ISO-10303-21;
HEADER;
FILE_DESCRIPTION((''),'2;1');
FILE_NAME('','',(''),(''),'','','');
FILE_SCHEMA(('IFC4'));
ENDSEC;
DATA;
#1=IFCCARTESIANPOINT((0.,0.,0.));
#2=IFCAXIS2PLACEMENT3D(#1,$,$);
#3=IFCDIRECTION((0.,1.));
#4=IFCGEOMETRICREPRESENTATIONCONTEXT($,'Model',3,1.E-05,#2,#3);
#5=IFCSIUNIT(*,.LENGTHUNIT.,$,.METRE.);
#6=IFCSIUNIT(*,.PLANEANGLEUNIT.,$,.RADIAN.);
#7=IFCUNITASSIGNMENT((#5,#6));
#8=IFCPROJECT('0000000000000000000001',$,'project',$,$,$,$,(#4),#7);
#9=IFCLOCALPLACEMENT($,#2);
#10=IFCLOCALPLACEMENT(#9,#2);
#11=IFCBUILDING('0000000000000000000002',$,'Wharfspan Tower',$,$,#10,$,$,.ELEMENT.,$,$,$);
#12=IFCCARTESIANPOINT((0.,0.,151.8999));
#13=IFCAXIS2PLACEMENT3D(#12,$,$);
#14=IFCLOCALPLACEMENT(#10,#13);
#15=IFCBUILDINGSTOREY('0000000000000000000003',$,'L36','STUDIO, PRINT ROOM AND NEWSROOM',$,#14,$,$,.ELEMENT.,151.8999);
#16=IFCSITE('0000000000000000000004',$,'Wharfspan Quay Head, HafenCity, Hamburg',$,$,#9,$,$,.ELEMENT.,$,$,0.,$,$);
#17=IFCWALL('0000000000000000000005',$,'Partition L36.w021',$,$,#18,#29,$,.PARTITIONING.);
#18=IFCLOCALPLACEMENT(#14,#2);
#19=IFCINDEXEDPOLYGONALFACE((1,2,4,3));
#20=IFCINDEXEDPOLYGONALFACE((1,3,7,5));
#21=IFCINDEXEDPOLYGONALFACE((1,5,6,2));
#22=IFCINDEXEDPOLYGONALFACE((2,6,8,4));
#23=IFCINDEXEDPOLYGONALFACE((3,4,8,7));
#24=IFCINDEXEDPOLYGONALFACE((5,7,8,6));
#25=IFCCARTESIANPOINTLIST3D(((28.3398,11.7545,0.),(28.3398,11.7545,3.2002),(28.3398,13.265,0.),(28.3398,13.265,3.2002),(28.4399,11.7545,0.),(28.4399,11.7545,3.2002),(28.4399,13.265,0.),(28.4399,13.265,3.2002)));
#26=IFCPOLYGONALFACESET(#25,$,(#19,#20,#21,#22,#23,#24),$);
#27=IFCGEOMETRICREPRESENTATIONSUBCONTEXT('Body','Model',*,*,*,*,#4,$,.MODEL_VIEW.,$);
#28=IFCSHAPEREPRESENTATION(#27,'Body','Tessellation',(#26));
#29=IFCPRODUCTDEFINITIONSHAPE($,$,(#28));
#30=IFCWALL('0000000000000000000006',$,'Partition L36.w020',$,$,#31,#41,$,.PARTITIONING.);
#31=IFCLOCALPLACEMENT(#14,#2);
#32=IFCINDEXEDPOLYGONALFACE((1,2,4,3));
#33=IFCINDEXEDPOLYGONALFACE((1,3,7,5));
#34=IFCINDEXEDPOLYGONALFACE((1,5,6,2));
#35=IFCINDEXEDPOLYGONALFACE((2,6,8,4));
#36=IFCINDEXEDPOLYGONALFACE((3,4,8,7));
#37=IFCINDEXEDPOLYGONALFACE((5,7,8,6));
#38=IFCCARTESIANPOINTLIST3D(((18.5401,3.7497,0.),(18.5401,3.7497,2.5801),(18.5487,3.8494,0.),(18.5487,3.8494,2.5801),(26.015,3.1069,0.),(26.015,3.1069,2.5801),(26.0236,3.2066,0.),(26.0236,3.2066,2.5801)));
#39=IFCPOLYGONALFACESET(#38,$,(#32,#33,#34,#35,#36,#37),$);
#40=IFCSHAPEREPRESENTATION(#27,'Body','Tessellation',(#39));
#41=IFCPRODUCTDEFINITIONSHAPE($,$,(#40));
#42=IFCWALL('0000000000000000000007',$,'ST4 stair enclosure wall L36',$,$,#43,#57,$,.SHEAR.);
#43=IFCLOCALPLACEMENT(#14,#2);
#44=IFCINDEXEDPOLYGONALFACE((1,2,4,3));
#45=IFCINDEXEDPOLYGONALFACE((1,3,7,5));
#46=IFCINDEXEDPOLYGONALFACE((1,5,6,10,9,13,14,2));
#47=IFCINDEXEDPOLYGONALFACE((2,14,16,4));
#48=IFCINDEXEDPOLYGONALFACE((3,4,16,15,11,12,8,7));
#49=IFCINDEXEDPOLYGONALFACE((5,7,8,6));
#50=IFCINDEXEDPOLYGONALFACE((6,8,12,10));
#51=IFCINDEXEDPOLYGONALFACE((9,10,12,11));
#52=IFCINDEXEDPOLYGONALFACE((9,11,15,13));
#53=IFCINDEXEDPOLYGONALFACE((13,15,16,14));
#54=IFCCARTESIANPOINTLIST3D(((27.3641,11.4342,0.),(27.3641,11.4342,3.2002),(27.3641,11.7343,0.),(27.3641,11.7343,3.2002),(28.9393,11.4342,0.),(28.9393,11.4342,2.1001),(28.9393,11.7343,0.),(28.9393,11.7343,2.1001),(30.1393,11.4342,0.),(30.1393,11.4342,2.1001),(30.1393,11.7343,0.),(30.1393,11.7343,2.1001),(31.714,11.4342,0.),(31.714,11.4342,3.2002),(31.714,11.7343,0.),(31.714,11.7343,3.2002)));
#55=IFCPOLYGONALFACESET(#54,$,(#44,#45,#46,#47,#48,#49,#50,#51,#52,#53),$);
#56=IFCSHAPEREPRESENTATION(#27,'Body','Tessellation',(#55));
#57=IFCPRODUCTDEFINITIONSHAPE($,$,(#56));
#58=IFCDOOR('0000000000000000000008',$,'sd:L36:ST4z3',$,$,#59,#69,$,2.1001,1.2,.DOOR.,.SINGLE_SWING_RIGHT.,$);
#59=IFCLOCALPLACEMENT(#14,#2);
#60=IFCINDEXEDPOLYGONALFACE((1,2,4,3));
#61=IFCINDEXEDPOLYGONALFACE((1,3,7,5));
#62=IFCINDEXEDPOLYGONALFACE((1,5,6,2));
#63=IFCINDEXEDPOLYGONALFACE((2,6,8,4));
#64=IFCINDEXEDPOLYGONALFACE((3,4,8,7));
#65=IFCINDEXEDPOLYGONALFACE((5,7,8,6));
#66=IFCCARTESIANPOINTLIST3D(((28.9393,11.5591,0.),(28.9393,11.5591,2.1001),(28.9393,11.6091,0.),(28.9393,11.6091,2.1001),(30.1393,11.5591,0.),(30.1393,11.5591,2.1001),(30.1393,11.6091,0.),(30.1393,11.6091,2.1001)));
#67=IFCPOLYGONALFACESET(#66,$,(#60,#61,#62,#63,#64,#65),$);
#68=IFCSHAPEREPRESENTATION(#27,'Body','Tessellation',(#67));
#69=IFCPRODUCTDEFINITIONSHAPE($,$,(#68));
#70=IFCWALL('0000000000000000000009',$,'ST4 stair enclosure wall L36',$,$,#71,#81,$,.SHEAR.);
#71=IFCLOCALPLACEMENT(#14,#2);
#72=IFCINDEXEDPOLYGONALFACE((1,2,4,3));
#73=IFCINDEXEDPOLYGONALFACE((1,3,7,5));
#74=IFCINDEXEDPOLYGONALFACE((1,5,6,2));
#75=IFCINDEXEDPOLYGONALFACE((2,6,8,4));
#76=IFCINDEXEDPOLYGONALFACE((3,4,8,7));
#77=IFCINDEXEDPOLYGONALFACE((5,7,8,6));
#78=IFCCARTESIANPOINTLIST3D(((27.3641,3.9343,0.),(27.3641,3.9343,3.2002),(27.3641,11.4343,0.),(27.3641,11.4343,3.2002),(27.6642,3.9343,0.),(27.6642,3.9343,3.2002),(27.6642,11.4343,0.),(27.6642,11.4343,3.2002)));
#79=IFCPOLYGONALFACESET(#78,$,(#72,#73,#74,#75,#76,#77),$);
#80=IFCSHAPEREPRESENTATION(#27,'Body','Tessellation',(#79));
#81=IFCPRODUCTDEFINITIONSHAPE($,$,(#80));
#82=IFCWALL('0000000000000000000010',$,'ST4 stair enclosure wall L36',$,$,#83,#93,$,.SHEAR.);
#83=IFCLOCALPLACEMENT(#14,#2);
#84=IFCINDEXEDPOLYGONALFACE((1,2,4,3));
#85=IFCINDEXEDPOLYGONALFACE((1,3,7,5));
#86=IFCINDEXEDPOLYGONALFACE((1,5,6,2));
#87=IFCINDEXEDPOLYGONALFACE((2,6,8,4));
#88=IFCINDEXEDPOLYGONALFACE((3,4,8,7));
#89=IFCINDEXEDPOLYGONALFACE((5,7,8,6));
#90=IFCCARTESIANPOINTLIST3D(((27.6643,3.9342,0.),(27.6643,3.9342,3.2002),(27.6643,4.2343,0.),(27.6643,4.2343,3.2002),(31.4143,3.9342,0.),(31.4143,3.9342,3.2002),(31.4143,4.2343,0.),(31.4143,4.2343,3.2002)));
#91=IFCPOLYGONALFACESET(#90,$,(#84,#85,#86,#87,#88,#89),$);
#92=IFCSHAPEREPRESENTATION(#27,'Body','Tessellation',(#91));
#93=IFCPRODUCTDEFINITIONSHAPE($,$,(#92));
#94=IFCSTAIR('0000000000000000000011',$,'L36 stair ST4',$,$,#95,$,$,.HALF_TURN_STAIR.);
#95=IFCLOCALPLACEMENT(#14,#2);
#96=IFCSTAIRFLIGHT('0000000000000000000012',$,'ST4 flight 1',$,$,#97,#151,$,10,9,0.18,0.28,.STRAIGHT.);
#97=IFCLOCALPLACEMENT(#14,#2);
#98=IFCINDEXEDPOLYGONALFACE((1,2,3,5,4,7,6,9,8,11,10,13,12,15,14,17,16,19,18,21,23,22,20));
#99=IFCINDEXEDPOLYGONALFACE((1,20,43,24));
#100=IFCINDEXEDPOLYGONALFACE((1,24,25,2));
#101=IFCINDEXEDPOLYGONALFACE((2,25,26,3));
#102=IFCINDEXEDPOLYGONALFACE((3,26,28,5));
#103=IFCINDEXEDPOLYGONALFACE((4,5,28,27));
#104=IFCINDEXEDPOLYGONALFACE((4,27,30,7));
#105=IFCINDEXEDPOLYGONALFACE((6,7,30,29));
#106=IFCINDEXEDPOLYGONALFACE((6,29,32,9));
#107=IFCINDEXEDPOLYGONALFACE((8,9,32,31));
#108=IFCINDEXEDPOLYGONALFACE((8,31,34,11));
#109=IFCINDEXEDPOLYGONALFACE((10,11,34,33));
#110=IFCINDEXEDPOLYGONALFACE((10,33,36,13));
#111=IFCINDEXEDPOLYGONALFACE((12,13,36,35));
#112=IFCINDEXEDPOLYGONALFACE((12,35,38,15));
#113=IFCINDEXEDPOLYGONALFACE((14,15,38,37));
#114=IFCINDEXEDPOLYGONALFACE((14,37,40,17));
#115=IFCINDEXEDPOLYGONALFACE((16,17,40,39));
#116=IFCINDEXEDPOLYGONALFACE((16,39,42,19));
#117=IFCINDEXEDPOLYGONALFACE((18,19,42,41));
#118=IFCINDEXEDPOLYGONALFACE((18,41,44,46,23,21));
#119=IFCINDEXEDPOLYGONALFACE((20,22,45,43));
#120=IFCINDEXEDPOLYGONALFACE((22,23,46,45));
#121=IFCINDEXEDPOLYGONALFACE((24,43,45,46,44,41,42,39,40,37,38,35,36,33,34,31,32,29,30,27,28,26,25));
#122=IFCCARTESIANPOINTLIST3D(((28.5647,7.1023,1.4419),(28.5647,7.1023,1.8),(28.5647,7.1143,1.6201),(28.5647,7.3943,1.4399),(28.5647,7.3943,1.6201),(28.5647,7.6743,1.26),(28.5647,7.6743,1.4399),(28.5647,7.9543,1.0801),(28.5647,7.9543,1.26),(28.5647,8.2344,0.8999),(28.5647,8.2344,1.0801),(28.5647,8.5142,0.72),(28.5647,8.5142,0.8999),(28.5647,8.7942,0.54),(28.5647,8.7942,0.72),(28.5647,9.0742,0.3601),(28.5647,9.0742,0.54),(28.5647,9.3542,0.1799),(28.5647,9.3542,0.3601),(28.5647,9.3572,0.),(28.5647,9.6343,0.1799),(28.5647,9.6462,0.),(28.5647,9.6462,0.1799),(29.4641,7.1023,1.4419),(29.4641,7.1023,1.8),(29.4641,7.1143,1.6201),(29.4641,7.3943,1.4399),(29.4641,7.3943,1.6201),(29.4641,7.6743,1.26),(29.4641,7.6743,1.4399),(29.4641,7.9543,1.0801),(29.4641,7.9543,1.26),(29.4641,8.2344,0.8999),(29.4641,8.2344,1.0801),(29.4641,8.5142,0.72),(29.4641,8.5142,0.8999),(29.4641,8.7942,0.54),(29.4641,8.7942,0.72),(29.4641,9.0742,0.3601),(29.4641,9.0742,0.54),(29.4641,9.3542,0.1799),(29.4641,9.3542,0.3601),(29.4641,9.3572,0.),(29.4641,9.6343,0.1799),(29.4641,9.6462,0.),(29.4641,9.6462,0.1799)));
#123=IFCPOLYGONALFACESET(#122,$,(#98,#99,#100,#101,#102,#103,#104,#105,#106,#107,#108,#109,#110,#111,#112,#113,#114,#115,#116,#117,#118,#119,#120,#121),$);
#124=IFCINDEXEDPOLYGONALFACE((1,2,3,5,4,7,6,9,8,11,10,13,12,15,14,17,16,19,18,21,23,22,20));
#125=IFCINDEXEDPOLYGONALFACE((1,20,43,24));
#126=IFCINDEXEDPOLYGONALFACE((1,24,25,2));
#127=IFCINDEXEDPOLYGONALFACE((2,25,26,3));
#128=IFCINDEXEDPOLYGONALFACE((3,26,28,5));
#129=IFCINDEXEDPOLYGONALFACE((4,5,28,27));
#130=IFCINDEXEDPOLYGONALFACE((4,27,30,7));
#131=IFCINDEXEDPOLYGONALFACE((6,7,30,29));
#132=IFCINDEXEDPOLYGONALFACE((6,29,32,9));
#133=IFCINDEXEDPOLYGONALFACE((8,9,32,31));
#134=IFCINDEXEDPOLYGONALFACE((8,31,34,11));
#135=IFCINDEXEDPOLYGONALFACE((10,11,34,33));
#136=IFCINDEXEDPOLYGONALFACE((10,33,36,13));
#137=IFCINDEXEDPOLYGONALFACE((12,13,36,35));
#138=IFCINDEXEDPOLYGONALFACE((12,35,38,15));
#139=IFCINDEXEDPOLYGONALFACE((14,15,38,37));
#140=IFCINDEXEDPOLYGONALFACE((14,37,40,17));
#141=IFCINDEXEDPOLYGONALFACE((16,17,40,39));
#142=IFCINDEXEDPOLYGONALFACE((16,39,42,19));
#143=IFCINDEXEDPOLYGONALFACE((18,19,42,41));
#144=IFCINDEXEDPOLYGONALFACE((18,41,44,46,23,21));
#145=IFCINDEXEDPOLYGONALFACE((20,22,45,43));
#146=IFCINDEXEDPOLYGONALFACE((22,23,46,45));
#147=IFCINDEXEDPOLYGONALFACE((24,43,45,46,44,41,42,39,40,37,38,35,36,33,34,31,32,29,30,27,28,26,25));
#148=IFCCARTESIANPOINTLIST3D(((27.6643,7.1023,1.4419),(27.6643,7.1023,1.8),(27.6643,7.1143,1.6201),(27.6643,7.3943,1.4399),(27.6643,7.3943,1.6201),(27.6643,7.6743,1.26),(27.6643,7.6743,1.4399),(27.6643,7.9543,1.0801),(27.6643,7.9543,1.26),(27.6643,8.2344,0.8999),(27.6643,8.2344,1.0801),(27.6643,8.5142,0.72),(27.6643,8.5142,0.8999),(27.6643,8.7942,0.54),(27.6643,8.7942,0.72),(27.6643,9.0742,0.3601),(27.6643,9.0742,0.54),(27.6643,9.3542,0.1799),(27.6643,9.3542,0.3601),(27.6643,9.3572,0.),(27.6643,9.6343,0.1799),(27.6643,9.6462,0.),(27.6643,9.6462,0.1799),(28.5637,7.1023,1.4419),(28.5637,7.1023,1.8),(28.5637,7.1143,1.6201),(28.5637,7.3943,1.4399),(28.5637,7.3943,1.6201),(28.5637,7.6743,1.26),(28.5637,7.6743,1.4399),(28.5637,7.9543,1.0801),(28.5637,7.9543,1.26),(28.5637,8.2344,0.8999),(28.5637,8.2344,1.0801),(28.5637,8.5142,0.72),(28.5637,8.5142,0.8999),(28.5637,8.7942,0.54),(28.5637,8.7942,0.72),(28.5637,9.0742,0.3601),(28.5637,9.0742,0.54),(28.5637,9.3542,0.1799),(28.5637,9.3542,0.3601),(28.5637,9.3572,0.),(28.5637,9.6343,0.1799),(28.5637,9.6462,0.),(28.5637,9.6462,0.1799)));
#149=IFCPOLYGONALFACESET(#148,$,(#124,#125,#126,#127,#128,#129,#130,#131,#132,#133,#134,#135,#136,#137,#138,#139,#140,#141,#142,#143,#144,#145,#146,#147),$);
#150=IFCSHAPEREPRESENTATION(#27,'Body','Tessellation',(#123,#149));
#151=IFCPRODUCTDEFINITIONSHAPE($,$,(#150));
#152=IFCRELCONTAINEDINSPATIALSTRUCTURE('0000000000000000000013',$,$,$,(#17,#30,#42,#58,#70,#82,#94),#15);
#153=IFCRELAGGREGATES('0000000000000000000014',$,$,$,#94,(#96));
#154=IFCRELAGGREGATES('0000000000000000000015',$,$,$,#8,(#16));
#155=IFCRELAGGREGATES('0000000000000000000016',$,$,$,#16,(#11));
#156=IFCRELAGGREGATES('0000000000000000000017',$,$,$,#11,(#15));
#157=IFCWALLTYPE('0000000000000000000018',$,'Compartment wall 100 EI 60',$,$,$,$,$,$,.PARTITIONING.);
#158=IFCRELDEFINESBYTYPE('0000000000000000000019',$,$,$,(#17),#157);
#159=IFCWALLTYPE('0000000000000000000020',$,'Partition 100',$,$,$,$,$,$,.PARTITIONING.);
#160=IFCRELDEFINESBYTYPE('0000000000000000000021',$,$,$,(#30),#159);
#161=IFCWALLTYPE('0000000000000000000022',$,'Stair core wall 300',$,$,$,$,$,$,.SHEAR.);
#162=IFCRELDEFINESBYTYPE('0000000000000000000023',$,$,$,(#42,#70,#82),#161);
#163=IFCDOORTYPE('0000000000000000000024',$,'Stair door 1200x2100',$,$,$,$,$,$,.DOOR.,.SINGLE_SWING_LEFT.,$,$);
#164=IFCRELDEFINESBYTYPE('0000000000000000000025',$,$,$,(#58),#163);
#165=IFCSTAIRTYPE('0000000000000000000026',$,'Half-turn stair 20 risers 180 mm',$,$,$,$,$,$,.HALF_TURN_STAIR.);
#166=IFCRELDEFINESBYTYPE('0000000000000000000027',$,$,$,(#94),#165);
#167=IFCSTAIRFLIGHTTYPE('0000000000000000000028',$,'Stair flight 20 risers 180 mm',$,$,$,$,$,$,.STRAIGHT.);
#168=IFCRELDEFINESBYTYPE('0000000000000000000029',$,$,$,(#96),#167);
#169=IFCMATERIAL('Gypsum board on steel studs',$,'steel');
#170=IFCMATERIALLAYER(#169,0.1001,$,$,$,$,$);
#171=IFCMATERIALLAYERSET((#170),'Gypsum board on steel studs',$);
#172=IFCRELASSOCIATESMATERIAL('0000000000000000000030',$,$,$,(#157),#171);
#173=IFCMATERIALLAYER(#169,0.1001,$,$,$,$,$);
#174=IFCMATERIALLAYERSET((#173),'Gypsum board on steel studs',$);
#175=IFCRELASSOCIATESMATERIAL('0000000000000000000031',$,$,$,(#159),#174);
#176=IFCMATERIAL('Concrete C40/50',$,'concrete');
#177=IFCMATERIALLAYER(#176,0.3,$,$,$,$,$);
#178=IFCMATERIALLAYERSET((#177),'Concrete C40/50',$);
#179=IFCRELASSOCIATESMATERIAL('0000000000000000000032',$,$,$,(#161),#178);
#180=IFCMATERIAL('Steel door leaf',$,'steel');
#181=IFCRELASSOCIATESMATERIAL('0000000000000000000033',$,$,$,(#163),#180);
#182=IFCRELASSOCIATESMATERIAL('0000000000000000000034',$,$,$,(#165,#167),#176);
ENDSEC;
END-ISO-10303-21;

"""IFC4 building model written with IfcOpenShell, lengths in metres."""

from ifc_helpers import new_model, si_unit, direction, frame, frame_2d, origin, place, context, subcontext, project, spatial, polyline, rectangle, outline, extrude, material, layer, layer_set, type_object, element, fill, aggregate, save


model = new_model("IFC4")

# Units and contexts
model_context = context("Model", 3, precision=1e-05, world=origin(), true_north=direction((0.0, 1.0)))
body_context = subcontext(model_context, "Body", "Model", "MODEL_VIEW")
ifc_project = project(units=[si_unit("LENGTHUNIT", "METRE"), si_unit("PLANEANGLEUNIT", "RADIAN")], contexts=[model_context])

# Site, building, storey
site_placement = place(None, origin())
site = spatial("IfcSite", under=ifc_project, at=site_placement, Name="Wharfspan Quay Head, HafenCity, Hamburg", CompositionType="ELEMENT", RefElevation=0.0)
building_placement = place(site_placement, origin())
building = spatial("IfcBuilding", under=site, at=building_placement, Name="Wharfspan Tower", CompositionType="ELEMENT")
storey_placement = place(building_placement, frame((0.0, 0.0, 151.8999)))
storey = spatial("IfcBuildingStorey", under=building, at=storey_placement, Name="L36", Description="STUDIO, PRINT ROOM AND NEWSROOM", CompositionType="ELEMENT", Elevation=151.8999)

# Walls
ifc_material_1 = material(Name="Gypsum board on steel studs", Category="steel")
ifc_layer_1 = layer(ifc_material_1, 0.1001)
ifc_layer_set_1 = layer_set([ifc_layer_1], Name="Gypsum board on steel studs")
wall_type_1 = type_object("IfcWallType", Name="Compartment wall 100 EI 60", PredefinedType="PARTITIONING", material=ifc_layer_set_1)
wall_1_placement = place(storey_placement, frame((28.3899, 11.7544, 0.0), z_axis=(0.0, 0.0, 1.0), x_axis=(0.0, 1.0, 0.0)))
element("IfcWall", 1, at=wall_1_placement, inside=storey, type_object=wall_type_1, Name="Partition L36.w021", PredefinedType="PARTITIONING", context=body_context, shape_type="SweptSolid", body=[
    extrude(rectangle(XDim=1.5105, YDim=0.1001, at=frame_2d((0.7554, 0.0))), origin(), (0.0, 0.0, 1.0), 3.2002),
])
ifc_layer_2 = layer(ifc_material_1, 0.1001)
ifc_layer_set_2 = layer_set([ifc_layer_2], Name="Gypsum board on steel studs")
wall_type_2 = type_object("IfcWallType", Name="Partition 100", PredefinedType="PARTITIONING", material=ifc_layer_set_2)
wall_2_placement = place(storey_placement, frame((26.0193, 3.1567, 0.0), z_axis=(0.0, 0.0, 1.0), x_axis=(-0.996326, 0.085682, 0.0)))
element("IfcWall", 2, at=wall_2_placement, inside=storey, type_object=wall_type_2, Name="Partition L36.w020", PredefinedType="PARTITIONING", context=body_context, shape_type="SweptSolid", body=[
    extrude(rectangle(XDim=7.5024, YDim=0.1001, at=frame_2d((3.7512, 0.0))), origin(), (0.0, 0.0, 1.0), 2.5801),
])

# Wall, opening, door
ifc_material_2 = material(Name="Concrete C40/50", Category="concrete")
ifc_layer_3 = layer(ifc_material_2, 0.3)
ifc_layer_set_3 = layer_set([ifc_layer_3], Name="Concrete C40/50")
wall_type_3 = type_object("IfcWallType", Name="Stair core wall 300", PredefinedType="SHEAR", material=ifc_layer_set_3)
wall_3_placement = place(storey_placement, frame((27.3643, 11.5842, 0.0), z_axis=(0.0, 0.0, 1.0), x_axis=(1.0, 0.0, 0.0)))
wall_3 = element("IfcWall", 3, at=wall_3_placement, inside=storey, type_object=wall_type_3, Name="ST4 stair enclosure wall L36", PredefinedType="SHEAR", context=body_context, shape_type="SweptSolid", body=[
    extrude(rectangle(XDim=4.3499, YDim=0.3, at=frame_2d((2.1748, 0.0))), origin(), (0.0, 0.0, 1.0), 3.2002),
])
opening_placement = place(wall_3_placement, frame((1.575, 0.0, 0.0)))
opening = element("IfcOpeningElement", 4, at=opening_placement, cuts=wall_3, PredefinedType="OPENING", context=body_context, shape_type="SweptSolid", body=[
    extrude(rectangle(XDim=1.2, YDim=2.1001, at=frame_2d((0.6001, 1.05))), frame((0.0, 0.1599, 0.0), z_axis=(0.0, -1.0, 0.0), x_axis=(1.0, 0.0, 0.0)), (0.0, 0.0, 1.0), 0.3201),
])
ifc_material_3 = material(Name="Steel door leaf", Category="steel")
door_type = type_object("IfcDoorType", Name="Stair door 1200x2100", OperationType="SINGLE_SWING_LEFT", PredefinedType="DOOR", material=ifc_material_3)
door_placement = place(opening_placement, origin())
door = element("IfcDoor", 5, at=door_placement, inside=storey, type_object=door_type, Name="sd:L36:ST4z3", OperationType="SINGLE_SWING_RIGHT", OverallHeight=2.1001, OverallWidth=1.2, PredefinedType="DOOR", context=body_context, shape_type="SweptSolid", body=[
    extrude(rectangle(XDim=1.2, YDim=2.1001, at=frame_2d((0.6001, 1.05))), frame((0.0, 0.0249, 0.0), z_axis=(0.0, -1.0, 0.0), x_axis=(1.0, 0.0, 0.0)), (0.0, 0.0, 1.0), 0.05),
])
fill(opening, door)

# Walls
wall_4_placement = place(storey_placement, frame((27.5142, 3.9343, 0.0), z_axis=(0.0, 0.0, 1.0), x_axis=(0.0, 1.0, 0.0)))
element("IfcWall", 6, at=wall_4_placement, inside=storey, type_object=wall_type_3, Name="ST4 stair enclosure wall L36", PredefinedType="SHEAR", context=body_context, shape_type="SweptSolid", body=[
    extrude(rectangle(XDim=7.5, YDim=0.3, at=frame_2d((3.75, 0.0))), origin(), (0.0, 0.0, 1.0), 3.2002),
])
wall_5_placement = place(storey_placement, frame((27.6643, 4.0842, 0.0), z_axis=(0.0, 0.0, 1.0), x_axis=(1.0, 0.0, 0.0)))
element("IfcWall", 7, at=wall_5_placement, inside=storey, type_object=wall_type_3, Name="ST4 stair enclosure wall L36", PredefinedType="SHEAR", context=body_context, shape_type="SweptSolid", body=[
    extrude(rectangle(XDim=3.75, YDim=0.3, at=frame_2d((1.875, 0.0))), origin(), (0.0, 0.0, 1.0), 3.2002),
])

# Stair, stair flight
stair_type = type_object("IfcStairType", Name="Half-turn stair 20 risers 180 mm", PredefinedType="HALF_TURN_STAIR", material=ifc_material_2)
stair_placement = place(storey_placement, origin())
stair = element("IfcStair", 8, at=stair_placement, inside=storey, type_object=stair_type, Name="L36 stair ST4", PredefinedType="HALF_TURN_STAIR")
stair_flight_type = type_object("IfcStairFlightType", Name="Stair flight 20 risers 180 mm", PredefinedType="STRAIGHT", material=ifc_material_2)
stair_flight_placement = place(storey_placement, frame((28.5642, 9.6343, 0.0), z_axis=(0.0, 0.0, 1.0), x_axis=(0.0, -1.0, 0.0)))
stair_flight = element("IfcStairFlight", 9, at=stair_flight_placement, type_object=stair_flight_type, Name="ST4 flight 1", NumberOfRisers=10, NumberOfTreads=9, PredefinedType="STRAIGHT", RiserHeight=0.18, TreadLength=0.28, context=body_context, shape_type="SweptSolid", body=[
    extrude(outline(polyline([(-0.012, 0.0), (-0.012, 0.1799), (0.0, 0.1799), (0.28, 0.1799), (0.28, 0.3601), (0.5601, 0.3601), (0.5601, 0.54), (0.8401, 0.54), (0.8401, 0.72), (1.1201, 0.72), (1.1201, 0.8999), (1.3999, 0.8999), (1.3999, 1.0801), (1.6799, 1.0801), (1.6799, 1.26), (1.96, 1.26), (1.96, 1.4399), (2.24, 1.4399), (2.24, 1.6201), (2.52, 1.6201), (2.532, 1.8), (2.532, 1.4419), (0.2771, 0.0), (-0.012, 0.0)])), frame((0.0, 0.8999, 0.0), z_axis=(0.0, -1.0, 0.0), x_axis=(1.0, 0.0, 0.0)), (0.0, 0.0, 1.0), 0.8994),
    extrude(outline(polyline([(-0.012, 0.0), (-0.012, 0.1799), (0.0, 0.1799), (0.28, 0.1799), (0.28, 0.3601), (0.5601, 0.3601), (0.5601, 0.54), (0.8401, 0.54), (0.8401, 0.72), (1.1201, 0.72), (1.1201, 0.8999), (1.3999, 0.8999), (1.3999, 1.0801), (1.6799, 1.0801), (1.6799, 1.26), (1.96, 1.26), (1.96, 1.4399), (2.24, 1.4399), (2.24, 1.6201), (2.52, 1.6201), (2.532, 1.8), (2.532, 1.4419), (0.2771, 0.0), (-0.012, 0.0)])), frame((0.0, -0.0005, 0.0), z_axis=(0.0, -1.0, 0.0), x_axis=(1.0, 0.0, 0.0)), (0.0, 0.0, 1.0), 0.8994),
])
aggregate(stair, [stair_flight])

save(model, "model.ifc")
